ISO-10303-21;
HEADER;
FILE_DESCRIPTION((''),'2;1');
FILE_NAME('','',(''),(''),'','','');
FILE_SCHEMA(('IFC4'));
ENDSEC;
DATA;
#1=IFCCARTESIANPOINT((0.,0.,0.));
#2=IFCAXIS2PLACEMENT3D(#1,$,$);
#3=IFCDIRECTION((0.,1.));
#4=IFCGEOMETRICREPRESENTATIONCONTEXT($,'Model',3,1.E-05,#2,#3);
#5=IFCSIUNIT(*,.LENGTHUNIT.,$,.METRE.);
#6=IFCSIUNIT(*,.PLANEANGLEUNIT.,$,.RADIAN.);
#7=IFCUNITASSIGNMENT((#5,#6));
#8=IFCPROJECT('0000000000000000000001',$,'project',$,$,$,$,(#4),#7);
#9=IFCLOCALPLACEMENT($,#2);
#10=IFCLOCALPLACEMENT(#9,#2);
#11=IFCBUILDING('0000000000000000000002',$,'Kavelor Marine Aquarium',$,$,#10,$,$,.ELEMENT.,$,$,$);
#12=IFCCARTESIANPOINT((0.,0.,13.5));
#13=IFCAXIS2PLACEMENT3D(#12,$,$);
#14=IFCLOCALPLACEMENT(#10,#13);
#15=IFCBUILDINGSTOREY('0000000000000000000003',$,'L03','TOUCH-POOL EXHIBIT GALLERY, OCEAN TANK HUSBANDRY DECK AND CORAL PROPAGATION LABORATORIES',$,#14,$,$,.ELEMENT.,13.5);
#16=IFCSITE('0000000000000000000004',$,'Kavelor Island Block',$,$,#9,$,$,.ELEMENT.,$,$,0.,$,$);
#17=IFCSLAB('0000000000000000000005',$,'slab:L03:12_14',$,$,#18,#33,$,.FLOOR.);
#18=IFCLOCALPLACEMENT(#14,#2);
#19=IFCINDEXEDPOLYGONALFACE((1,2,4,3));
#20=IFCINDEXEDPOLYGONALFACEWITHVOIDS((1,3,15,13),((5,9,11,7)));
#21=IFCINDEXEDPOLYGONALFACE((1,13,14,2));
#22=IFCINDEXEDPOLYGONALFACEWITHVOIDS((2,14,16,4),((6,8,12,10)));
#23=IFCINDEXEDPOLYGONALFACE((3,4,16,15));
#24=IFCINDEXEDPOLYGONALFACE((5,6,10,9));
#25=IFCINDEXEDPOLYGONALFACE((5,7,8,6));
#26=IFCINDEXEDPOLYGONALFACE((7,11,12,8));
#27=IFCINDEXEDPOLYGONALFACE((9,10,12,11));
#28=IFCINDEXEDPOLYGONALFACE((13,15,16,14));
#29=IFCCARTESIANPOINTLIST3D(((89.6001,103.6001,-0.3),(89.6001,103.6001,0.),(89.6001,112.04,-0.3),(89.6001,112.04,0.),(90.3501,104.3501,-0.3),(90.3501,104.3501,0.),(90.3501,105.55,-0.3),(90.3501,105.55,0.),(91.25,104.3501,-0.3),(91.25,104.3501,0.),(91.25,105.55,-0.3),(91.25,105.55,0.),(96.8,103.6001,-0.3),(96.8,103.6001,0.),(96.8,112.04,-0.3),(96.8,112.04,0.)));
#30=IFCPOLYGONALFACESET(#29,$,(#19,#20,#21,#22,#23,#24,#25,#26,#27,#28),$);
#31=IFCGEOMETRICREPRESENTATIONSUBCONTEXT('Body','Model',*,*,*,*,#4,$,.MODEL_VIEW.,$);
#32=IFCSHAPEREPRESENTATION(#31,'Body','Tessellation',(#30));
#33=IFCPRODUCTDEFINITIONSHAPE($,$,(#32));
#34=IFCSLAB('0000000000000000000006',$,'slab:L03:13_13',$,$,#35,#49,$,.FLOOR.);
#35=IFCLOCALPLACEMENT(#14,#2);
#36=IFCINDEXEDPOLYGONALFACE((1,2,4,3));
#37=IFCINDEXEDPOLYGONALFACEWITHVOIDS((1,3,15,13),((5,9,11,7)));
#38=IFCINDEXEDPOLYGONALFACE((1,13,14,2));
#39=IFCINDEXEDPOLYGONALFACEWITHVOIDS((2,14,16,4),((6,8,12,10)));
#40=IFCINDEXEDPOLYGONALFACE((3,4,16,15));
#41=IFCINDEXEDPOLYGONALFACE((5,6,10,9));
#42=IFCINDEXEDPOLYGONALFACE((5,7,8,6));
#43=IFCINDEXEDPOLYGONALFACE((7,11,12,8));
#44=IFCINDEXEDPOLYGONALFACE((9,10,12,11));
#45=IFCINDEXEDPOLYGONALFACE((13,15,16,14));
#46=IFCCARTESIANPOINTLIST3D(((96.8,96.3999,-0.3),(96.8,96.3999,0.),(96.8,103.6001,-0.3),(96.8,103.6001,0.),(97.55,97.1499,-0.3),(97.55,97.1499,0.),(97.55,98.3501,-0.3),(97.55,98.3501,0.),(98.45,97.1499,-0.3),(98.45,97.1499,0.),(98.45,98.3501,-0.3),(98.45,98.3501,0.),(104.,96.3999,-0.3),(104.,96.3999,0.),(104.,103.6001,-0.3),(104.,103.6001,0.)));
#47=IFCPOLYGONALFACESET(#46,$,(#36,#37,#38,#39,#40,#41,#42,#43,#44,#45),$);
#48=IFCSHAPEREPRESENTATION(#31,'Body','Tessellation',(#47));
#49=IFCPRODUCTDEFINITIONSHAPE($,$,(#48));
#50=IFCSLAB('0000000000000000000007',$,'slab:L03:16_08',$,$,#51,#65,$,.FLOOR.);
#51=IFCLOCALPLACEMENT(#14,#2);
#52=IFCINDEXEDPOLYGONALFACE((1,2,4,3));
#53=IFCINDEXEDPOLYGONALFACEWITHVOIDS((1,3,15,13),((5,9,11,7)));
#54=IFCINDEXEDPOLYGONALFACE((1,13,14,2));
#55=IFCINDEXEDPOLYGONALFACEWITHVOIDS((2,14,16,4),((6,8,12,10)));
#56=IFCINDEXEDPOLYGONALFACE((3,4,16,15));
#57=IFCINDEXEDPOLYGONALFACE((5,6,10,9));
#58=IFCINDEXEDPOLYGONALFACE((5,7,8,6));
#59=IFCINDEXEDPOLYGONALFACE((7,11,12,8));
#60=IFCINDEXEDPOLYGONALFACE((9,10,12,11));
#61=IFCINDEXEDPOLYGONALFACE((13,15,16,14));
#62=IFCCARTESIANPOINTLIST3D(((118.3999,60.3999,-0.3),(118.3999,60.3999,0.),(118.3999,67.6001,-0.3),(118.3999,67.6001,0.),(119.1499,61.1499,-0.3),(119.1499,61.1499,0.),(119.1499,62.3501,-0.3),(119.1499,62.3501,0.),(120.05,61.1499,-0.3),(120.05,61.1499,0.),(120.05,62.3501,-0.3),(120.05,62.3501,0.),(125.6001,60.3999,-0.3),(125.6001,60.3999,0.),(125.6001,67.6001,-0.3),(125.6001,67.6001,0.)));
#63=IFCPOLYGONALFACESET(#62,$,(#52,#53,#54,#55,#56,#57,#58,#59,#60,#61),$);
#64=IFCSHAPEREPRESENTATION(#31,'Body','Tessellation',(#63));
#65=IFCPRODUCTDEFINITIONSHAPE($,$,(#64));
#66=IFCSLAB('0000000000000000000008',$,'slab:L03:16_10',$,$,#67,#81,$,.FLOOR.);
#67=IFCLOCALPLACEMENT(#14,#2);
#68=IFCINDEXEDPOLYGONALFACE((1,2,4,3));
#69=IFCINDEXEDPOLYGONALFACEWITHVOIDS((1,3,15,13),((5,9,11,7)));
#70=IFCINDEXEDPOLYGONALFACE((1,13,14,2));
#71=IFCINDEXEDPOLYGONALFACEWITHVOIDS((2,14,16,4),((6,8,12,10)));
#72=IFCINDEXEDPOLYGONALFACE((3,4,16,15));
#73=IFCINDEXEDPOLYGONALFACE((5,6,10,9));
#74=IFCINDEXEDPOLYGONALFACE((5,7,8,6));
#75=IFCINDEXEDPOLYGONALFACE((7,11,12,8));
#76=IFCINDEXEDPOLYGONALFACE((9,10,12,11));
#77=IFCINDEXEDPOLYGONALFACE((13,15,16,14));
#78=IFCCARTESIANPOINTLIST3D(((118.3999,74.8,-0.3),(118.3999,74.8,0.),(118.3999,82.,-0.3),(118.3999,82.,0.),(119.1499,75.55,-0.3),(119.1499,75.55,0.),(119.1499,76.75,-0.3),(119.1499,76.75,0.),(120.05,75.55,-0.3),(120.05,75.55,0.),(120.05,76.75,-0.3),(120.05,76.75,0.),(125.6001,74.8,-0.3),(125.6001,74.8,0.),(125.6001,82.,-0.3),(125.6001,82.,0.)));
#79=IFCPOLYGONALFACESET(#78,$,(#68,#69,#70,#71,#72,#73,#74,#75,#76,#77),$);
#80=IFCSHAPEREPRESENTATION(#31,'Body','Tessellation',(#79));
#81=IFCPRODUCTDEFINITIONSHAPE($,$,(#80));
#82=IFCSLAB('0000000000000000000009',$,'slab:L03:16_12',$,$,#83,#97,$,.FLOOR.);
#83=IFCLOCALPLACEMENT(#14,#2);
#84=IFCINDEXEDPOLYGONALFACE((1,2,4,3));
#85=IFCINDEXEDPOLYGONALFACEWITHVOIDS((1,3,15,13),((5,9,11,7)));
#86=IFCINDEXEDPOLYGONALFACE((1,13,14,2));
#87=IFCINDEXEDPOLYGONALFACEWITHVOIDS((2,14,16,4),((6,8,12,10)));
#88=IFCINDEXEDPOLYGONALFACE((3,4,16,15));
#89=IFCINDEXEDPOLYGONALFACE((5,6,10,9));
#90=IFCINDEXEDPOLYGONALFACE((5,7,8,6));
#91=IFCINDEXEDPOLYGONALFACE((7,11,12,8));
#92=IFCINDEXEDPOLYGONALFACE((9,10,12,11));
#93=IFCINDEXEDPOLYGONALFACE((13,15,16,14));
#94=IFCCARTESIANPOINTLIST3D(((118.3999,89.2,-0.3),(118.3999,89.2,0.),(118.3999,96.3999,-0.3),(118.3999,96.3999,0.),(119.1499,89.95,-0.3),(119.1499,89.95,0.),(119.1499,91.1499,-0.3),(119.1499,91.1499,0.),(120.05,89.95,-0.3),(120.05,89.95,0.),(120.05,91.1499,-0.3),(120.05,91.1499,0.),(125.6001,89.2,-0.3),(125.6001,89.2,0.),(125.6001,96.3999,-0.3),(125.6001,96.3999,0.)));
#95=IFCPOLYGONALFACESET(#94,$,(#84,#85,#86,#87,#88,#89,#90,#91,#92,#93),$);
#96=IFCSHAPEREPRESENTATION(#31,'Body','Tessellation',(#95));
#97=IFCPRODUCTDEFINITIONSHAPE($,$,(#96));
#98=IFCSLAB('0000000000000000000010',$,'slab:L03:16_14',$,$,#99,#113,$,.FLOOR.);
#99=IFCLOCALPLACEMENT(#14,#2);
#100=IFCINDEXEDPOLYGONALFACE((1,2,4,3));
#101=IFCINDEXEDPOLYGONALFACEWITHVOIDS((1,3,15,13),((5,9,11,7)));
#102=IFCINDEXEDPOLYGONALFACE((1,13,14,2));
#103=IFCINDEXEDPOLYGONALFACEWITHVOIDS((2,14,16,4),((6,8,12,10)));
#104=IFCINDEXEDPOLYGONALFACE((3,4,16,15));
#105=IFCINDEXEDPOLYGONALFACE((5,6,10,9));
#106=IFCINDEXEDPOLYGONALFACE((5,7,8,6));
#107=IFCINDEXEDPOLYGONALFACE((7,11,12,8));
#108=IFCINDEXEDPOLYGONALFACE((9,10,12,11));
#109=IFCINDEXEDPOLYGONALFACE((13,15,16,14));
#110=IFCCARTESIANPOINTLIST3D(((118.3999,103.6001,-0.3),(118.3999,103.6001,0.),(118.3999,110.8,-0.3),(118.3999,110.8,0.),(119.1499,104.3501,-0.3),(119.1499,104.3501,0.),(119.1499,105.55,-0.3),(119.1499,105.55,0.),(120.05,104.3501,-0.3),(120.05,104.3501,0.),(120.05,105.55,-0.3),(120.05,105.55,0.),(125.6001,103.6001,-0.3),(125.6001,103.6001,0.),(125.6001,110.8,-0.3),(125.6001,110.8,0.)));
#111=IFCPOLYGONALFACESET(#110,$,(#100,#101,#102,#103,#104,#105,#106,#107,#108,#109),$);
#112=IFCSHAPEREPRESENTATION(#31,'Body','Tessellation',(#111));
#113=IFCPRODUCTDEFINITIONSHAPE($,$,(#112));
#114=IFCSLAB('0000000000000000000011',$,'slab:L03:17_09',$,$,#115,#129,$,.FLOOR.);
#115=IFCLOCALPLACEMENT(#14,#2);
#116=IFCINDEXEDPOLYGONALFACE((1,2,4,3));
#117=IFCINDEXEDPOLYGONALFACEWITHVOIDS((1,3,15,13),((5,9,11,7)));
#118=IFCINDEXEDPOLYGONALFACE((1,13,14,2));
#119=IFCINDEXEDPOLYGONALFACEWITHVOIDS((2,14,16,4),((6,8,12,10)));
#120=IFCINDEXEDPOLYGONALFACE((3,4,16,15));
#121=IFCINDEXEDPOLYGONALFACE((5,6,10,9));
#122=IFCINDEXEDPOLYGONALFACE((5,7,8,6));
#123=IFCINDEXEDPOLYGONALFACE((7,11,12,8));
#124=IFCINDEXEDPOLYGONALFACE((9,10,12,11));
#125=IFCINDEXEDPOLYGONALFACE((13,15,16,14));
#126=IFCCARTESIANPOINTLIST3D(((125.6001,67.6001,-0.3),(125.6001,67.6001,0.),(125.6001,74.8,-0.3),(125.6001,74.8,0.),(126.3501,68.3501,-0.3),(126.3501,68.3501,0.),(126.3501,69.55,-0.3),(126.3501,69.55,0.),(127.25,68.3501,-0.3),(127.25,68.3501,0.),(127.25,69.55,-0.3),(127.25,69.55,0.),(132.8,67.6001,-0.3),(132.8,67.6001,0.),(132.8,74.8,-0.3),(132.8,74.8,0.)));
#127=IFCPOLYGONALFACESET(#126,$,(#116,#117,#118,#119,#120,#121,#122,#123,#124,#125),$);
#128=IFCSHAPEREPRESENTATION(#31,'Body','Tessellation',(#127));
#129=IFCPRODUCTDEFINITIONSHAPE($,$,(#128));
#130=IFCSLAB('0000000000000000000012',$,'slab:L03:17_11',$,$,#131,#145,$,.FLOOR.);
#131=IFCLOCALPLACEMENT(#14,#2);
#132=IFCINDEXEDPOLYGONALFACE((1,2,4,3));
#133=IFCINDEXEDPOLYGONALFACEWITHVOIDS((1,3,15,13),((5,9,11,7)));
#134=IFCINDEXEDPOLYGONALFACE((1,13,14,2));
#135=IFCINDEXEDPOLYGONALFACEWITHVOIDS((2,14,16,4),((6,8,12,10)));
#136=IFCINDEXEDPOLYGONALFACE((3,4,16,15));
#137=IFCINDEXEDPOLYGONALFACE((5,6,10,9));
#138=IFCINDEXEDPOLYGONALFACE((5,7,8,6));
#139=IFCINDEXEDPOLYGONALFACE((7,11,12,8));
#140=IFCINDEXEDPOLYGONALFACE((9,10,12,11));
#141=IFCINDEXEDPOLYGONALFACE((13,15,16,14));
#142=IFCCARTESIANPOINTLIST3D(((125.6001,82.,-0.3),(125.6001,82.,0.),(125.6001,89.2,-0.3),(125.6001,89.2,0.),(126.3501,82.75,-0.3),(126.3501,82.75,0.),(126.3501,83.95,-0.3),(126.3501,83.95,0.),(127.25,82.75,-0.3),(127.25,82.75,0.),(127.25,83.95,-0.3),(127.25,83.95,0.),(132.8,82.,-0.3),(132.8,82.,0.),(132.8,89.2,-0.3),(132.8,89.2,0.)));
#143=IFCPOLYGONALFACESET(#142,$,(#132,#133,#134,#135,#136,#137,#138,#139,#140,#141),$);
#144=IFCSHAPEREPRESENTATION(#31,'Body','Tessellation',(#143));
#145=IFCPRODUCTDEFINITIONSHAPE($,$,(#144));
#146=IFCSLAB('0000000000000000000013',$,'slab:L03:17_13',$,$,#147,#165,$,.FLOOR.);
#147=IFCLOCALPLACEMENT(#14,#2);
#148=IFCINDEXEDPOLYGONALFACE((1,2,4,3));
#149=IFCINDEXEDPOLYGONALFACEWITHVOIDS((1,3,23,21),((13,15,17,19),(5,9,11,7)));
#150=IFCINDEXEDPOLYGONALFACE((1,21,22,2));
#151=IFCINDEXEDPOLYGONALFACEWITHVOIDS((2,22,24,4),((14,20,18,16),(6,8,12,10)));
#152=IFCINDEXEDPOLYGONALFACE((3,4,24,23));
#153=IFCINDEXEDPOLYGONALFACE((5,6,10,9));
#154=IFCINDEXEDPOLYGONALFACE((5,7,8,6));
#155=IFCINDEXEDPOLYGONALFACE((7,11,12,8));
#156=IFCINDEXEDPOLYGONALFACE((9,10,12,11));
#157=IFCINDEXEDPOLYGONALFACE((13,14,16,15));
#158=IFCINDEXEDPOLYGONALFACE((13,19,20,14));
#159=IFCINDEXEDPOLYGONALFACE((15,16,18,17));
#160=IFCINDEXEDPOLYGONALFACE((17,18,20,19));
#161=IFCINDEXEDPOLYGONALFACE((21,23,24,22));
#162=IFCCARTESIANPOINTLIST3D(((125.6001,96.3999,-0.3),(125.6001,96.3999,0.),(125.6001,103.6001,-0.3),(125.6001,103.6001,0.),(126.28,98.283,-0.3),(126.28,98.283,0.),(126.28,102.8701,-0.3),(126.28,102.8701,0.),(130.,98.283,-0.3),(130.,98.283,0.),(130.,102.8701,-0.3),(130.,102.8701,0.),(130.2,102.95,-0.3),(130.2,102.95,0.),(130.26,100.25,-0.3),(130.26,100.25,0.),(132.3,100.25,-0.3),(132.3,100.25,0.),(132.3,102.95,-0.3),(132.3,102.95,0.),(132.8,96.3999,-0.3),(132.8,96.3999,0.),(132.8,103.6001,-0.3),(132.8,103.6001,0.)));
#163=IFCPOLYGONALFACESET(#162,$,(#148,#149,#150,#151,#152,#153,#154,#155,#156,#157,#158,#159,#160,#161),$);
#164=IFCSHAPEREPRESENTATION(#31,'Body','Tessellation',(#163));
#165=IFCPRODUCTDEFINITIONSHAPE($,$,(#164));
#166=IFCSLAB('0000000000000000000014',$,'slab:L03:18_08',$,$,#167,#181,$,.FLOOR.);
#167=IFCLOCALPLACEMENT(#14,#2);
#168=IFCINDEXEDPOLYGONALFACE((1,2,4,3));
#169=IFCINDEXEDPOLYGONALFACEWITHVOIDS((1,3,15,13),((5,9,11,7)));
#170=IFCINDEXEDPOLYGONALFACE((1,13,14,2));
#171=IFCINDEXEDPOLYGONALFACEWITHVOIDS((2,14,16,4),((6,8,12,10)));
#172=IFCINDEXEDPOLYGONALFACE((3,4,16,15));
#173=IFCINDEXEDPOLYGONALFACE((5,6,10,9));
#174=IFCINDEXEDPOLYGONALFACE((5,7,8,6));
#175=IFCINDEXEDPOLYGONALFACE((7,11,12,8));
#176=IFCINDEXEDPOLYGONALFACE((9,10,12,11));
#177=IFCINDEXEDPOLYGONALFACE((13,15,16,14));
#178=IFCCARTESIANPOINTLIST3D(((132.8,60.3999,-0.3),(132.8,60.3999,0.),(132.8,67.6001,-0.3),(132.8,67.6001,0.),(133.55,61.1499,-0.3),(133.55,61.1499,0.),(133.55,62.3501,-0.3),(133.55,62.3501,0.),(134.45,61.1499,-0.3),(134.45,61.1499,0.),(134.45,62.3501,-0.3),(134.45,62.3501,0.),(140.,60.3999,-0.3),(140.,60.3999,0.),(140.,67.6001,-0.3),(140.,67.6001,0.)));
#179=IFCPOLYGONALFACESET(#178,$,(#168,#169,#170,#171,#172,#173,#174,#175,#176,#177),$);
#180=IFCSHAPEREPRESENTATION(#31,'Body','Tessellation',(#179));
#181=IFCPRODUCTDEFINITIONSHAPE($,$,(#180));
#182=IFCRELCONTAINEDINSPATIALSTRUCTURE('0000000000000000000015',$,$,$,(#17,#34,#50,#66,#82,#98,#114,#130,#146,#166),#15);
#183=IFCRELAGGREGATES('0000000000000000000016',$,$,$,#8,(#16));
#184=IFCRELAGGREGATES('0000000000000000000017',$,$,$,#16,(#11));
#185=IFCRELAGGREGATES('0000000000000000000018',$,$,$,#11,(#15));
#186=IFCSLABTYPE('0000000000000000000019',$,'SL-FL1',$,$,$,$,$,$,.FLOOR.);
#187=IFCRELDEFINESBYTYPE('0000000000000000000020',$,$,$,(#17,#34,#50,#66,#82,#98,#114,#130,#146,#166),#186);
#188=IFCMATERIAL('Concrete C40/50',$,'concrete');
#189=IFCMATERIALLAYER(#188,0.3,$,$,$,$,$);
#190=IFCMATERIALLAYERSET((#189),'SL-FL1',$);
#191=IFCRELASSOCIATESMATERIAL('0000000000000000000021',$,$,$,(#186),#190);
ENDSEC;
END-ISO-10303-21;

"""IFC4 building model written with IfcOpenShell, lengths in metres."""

from ifc_helpers import new_model, si_unit, direction, frame, origin, place, context, subcontext, project, spatial, polyline, outline, extrude, material, layer, layer_set, type_object, element, save


model = new_model("IFC4")

# Units and contexts
model_context = context("Model", 3, precision=1e-05, world=origin(), true_north=direction((0.0, 1.0)))
body_context = subcontext(model_context, "Body", "Model", "MODEL_VIEW")
ifc_project = project(units=[si_unit("LENGTHUNIT", "METRE"), si_unit("PLANEANGLEUNIT", "RADIAN")], contexts=[model_context])

# Site, building, storey
site_placement = place(None, origin())
site = spatial("IfcSite", under=ifc_project, at=site_placement, Name="Kavelor Island Block", CompositionType="ELEMENT", RefElevation=0.0)
building_placement = place(site_placement, origin())
building = spatial("IfcBuilding", under=site, at=building_placement, Name="Kavelor Marine Aquarium", CompositionType="ELEMENT")
storey_placement = place(building_placement, frame((0.0, 0.0, 13.5)))
storey = spatial("IfcBuildingStorey", under=building, at=storey_placement, Name="L03", Description="TOUCH-POOL EXHIBIT GALLERY, OCEAN TANK HUSBANDRY DECK AND CORAL PROPAGATION LABORATORIES", CompositionType="ELEMENT", Elevation=13.5)

# Slabs
ifc_material = material(Name="Concrete C40/50", Category="concrete")
ifc_layer = layer(ifc_material, 0.3)
ifc_layer_set = layer_set([ifc_layer], Name="SL-FL1")
slab_type = type_object("IfcSlabType", Name="SL-FL1", PredefinedType="FLOOR", material=ifc_layer_set)
slab_1_placement = place(storey_placement, frame((0.0, 0.0, -0.3)))
element("IfcSlab", 1, at=slab_1_placement, inside=storey, type_object=slab_type, Name="slab:L03:12_14", PredefinedType="FLOOR", context=body_context, shape_type="SweptSolid", body=[
    extrude(outline(polyline([(89.6001, 103.6001), (96.8, 103.6001), (96.8, 112.04), (89.6001, 112.04), (89.6001, 103.6001)]), holes=[polyline([(90.3501, 104.3501), (91.25, 104.3501), (91.25, 105.55), (90.3501, 105.55), (90.3501, 104.3501)])]), origin(), (0.0, 0.0, 1.0), 0.3),
])
slab_2_placement = place(storey_placement, frame((0.0, 0.0, -0.3)))
element("IfcSlab", 2, at=slab_2_placement, inside=storey, type_object=slab_type, Name="slab:L03:13_13", PredefinedType="FLOOR", context=body_context, shape_type="SweptSolid", body=[
    extrude(outline(polyline([(96.8, 96.3999), (104.0, 96.3999), (104.0, 103.6001), (96.8, 103.6001), (96.8, 96.3999)]), holes=[polyline([(97.55, 97.1499), (98.45, 97.1499), (98.45, 98.3501), (97.55, 98.3501), (97.55, 97.1499)])]), origin(), (0.0, 0.0, 1.0), 0.3),
])
slab_3_placement = place(storey_placement, frame((0.0, 0.0, -0.3)))
element("IfcSlab", 3, at=slab_3_placement, inside=storey, type_object=slab_type, Name="slab:L03:16_08", PredefinedType="FLOOR", context=body_context, shape_type="SweptSolid", body=[
    extrude(outline(polyline([(118.3999, 60.3999), (125.6001, 60.3999), (125.6001, 67.6001), (118.3999, 67.6001), (118.3999, 60.3999)]), holes=[polyline([(119.1499, 61.1499), (120.05, 61.1499), (120.05, 62.3501), (119.1499, 62.3501), (119.1499, 61.1499)])]), origin(), (0.0, 0.0, 1.0), 0.3),
])
slab_4_placement = place(storey_placement, frame((0.0, 0.0, -0.3)))
element("IfcSlab", 4, at=slab_4_placement, inside=storey, type_object=slab_type, Name="slab:L03:16_10", PredefinedType="FLOOR", context=body_context, shape_type="SweptSolid", body=[
    extrude(outline(polyline([(118.3999, 74.8), (125.6001, 74.8), (125.6001, 82.0), (118.3999, 82.0), (118.3999, 74.8)]), holes=[polyline([(119.1499, 75.55), (120.05, 75.55), (120.05, 76.75), (119.1499, 76.75), (119.1499, 75.55)])]), origin(), (0.0, 0.0, 1.0), 0.3),
])
slab_5_placement = place(storey_placement, frame((0.0, 0.0, -0.3)))
element("IfcSlab", 5, at=slab_5_placement, inside=storey, type_object=slab_type, Name="slab:L03:16_12", PredefinedType="FLOOR", context=body_context, shape_type="SweptSolid", body=[
    extrude(outline(polyline([(118.3999, 89.2), (125.6001, 89.2), (125.6001, 96.3999), (118.3999, 96.3999), (118.3999, 89.2)]), holes=[polyline([(119.1499, 89.95), (120.05, 89.95), (120.05, 91.1499), (119.1499, 91.1499), (119.1499, 89.95)])]), origin(), (0.0, 0.0, 1.0), 0.3),
])
slab_6_placement = place(storey_placement, frame((0.0, 0.0, -0.3)))
element("IfcSlab", 6, at=slab_6_placement, inside=storey, type_object=slab_type, Name="slab:L03:16_14", PredefinedType="FLOOR", context=body_context, shape_type="SweptSolid", body=[
    extrude(outline(polyline([(118.3999, 103.6001), (125.6001, 103.6001), (125.6001, 110.8), (118.3999, 110.8), (118.3999, 103.6001)]), holes=[polyline([(119.1499, 104.3501), (120.05, 104.3501), (120.05, 105.55), (119.1499, 105.55), (119.1499, 104.3501)])]), origin(), (0.0, 0.0, 1.0), 0.3),
])
slab_7_placement = place(storey_placement, frame((0.0, 0.0, -0.3)))
element("IfcSlab", 7, at=slab_7_placement, inside=storey, type_object=slab_type, Name="slab:L03:17_09", PredefinedType="FLOOR", context=body_context, shape_type="SweptSolid", body=[
    extrude(outline(polyline([(125.6001, 67.6001), (132.8, 67.6001), (132.8, 74.8), (125.6001, 74.8), (125.6001, 67.6001)]), holes=[polyline([(126.3501, 68.3501), (127.25, 68.3501), (127.25, 69.55), (126.3501, 69.55), (126.3501, 68.3501)])]), origin(), (0.0, 0.0, 1.0), 0.3),
])
slab_8_placement = place(storey_placement, frame((0.0, 0.0, -0.3)))
element("IfcSlab", 8, at=slab_8_placement, inside=storey, type_object=slab_type, Name="slab:L03:17_11", PredefinedType="FLOOR", context=body_context, shape_type="SweptSolid", body=[
    extrude(outline(polyline([(125.6001, 82.0), (132.8, 82.0), (132.8, 89.2), (125.6001, 89.2), (125.6001, 82.0)]), holes=[polyline([(126.3501, 82.75), (127.25, 82.75), (127.25, 83.95), (126.3501, 83.95), (126.3501, 82.75)])]), origin(), (0.0, 0.0, 1.0), 0.3),
])
slab_9_placement = place(storey_placement, frame((0.0, 0.0, -0.3)))
element("IfcSlab", 9, at=slab_9_placement, inside=storey, type_object=slab_type, Name="slab:L03:17_13", PredefinedType="FLOOR", context=body_context, shape_type="SweptSolid", body=[
    extrude(outline(polyline([(125.6001, 96.3999), (132.8, 96.3999), (132.8, 103.6001), (125.6001, 103.6001), (125.6001, 96.3999)]), holes=[polyline([(126.28, 98.283), (130.0, 98.283), (130.0, 102.8701), (126.28, 102.8701), (126.28, 98.283)]), polyline([(130.26, 100.25), (132.3, 100.25), (132.3, 102.95), (130.2, 102.95), (130.26, 100.25)])]), origin(), (0.0, 0.0, 1.0), 0.3),
])
slab_10_placement = place(storey_placement, frame((0.0, 0.0, -0.3)))
element("IfcSlab", 10, at=slab_10_placement, inside=storey, type_object=slab_type, Name="slab:L03:18_08", PredefinedType="FLOOR", context=body_context, shape_type="SweptSolid", body=[
    extrude(outline(polyline([(132.8, 60.3999), (140.0, 60.3999), (140.0, 67.6001), (132.8, 67.6001), (132.8, 60.3999)]), holes=[polyline([(133.55, 61.1499), (134.45, 61.1499), (134.45, 62.3501), (133.55, 62.3501), (133.55, 61.1499)])]), origin(), (0.0, 0.0, 1.0), 0.3),
])

save(model, "model.ifc")
